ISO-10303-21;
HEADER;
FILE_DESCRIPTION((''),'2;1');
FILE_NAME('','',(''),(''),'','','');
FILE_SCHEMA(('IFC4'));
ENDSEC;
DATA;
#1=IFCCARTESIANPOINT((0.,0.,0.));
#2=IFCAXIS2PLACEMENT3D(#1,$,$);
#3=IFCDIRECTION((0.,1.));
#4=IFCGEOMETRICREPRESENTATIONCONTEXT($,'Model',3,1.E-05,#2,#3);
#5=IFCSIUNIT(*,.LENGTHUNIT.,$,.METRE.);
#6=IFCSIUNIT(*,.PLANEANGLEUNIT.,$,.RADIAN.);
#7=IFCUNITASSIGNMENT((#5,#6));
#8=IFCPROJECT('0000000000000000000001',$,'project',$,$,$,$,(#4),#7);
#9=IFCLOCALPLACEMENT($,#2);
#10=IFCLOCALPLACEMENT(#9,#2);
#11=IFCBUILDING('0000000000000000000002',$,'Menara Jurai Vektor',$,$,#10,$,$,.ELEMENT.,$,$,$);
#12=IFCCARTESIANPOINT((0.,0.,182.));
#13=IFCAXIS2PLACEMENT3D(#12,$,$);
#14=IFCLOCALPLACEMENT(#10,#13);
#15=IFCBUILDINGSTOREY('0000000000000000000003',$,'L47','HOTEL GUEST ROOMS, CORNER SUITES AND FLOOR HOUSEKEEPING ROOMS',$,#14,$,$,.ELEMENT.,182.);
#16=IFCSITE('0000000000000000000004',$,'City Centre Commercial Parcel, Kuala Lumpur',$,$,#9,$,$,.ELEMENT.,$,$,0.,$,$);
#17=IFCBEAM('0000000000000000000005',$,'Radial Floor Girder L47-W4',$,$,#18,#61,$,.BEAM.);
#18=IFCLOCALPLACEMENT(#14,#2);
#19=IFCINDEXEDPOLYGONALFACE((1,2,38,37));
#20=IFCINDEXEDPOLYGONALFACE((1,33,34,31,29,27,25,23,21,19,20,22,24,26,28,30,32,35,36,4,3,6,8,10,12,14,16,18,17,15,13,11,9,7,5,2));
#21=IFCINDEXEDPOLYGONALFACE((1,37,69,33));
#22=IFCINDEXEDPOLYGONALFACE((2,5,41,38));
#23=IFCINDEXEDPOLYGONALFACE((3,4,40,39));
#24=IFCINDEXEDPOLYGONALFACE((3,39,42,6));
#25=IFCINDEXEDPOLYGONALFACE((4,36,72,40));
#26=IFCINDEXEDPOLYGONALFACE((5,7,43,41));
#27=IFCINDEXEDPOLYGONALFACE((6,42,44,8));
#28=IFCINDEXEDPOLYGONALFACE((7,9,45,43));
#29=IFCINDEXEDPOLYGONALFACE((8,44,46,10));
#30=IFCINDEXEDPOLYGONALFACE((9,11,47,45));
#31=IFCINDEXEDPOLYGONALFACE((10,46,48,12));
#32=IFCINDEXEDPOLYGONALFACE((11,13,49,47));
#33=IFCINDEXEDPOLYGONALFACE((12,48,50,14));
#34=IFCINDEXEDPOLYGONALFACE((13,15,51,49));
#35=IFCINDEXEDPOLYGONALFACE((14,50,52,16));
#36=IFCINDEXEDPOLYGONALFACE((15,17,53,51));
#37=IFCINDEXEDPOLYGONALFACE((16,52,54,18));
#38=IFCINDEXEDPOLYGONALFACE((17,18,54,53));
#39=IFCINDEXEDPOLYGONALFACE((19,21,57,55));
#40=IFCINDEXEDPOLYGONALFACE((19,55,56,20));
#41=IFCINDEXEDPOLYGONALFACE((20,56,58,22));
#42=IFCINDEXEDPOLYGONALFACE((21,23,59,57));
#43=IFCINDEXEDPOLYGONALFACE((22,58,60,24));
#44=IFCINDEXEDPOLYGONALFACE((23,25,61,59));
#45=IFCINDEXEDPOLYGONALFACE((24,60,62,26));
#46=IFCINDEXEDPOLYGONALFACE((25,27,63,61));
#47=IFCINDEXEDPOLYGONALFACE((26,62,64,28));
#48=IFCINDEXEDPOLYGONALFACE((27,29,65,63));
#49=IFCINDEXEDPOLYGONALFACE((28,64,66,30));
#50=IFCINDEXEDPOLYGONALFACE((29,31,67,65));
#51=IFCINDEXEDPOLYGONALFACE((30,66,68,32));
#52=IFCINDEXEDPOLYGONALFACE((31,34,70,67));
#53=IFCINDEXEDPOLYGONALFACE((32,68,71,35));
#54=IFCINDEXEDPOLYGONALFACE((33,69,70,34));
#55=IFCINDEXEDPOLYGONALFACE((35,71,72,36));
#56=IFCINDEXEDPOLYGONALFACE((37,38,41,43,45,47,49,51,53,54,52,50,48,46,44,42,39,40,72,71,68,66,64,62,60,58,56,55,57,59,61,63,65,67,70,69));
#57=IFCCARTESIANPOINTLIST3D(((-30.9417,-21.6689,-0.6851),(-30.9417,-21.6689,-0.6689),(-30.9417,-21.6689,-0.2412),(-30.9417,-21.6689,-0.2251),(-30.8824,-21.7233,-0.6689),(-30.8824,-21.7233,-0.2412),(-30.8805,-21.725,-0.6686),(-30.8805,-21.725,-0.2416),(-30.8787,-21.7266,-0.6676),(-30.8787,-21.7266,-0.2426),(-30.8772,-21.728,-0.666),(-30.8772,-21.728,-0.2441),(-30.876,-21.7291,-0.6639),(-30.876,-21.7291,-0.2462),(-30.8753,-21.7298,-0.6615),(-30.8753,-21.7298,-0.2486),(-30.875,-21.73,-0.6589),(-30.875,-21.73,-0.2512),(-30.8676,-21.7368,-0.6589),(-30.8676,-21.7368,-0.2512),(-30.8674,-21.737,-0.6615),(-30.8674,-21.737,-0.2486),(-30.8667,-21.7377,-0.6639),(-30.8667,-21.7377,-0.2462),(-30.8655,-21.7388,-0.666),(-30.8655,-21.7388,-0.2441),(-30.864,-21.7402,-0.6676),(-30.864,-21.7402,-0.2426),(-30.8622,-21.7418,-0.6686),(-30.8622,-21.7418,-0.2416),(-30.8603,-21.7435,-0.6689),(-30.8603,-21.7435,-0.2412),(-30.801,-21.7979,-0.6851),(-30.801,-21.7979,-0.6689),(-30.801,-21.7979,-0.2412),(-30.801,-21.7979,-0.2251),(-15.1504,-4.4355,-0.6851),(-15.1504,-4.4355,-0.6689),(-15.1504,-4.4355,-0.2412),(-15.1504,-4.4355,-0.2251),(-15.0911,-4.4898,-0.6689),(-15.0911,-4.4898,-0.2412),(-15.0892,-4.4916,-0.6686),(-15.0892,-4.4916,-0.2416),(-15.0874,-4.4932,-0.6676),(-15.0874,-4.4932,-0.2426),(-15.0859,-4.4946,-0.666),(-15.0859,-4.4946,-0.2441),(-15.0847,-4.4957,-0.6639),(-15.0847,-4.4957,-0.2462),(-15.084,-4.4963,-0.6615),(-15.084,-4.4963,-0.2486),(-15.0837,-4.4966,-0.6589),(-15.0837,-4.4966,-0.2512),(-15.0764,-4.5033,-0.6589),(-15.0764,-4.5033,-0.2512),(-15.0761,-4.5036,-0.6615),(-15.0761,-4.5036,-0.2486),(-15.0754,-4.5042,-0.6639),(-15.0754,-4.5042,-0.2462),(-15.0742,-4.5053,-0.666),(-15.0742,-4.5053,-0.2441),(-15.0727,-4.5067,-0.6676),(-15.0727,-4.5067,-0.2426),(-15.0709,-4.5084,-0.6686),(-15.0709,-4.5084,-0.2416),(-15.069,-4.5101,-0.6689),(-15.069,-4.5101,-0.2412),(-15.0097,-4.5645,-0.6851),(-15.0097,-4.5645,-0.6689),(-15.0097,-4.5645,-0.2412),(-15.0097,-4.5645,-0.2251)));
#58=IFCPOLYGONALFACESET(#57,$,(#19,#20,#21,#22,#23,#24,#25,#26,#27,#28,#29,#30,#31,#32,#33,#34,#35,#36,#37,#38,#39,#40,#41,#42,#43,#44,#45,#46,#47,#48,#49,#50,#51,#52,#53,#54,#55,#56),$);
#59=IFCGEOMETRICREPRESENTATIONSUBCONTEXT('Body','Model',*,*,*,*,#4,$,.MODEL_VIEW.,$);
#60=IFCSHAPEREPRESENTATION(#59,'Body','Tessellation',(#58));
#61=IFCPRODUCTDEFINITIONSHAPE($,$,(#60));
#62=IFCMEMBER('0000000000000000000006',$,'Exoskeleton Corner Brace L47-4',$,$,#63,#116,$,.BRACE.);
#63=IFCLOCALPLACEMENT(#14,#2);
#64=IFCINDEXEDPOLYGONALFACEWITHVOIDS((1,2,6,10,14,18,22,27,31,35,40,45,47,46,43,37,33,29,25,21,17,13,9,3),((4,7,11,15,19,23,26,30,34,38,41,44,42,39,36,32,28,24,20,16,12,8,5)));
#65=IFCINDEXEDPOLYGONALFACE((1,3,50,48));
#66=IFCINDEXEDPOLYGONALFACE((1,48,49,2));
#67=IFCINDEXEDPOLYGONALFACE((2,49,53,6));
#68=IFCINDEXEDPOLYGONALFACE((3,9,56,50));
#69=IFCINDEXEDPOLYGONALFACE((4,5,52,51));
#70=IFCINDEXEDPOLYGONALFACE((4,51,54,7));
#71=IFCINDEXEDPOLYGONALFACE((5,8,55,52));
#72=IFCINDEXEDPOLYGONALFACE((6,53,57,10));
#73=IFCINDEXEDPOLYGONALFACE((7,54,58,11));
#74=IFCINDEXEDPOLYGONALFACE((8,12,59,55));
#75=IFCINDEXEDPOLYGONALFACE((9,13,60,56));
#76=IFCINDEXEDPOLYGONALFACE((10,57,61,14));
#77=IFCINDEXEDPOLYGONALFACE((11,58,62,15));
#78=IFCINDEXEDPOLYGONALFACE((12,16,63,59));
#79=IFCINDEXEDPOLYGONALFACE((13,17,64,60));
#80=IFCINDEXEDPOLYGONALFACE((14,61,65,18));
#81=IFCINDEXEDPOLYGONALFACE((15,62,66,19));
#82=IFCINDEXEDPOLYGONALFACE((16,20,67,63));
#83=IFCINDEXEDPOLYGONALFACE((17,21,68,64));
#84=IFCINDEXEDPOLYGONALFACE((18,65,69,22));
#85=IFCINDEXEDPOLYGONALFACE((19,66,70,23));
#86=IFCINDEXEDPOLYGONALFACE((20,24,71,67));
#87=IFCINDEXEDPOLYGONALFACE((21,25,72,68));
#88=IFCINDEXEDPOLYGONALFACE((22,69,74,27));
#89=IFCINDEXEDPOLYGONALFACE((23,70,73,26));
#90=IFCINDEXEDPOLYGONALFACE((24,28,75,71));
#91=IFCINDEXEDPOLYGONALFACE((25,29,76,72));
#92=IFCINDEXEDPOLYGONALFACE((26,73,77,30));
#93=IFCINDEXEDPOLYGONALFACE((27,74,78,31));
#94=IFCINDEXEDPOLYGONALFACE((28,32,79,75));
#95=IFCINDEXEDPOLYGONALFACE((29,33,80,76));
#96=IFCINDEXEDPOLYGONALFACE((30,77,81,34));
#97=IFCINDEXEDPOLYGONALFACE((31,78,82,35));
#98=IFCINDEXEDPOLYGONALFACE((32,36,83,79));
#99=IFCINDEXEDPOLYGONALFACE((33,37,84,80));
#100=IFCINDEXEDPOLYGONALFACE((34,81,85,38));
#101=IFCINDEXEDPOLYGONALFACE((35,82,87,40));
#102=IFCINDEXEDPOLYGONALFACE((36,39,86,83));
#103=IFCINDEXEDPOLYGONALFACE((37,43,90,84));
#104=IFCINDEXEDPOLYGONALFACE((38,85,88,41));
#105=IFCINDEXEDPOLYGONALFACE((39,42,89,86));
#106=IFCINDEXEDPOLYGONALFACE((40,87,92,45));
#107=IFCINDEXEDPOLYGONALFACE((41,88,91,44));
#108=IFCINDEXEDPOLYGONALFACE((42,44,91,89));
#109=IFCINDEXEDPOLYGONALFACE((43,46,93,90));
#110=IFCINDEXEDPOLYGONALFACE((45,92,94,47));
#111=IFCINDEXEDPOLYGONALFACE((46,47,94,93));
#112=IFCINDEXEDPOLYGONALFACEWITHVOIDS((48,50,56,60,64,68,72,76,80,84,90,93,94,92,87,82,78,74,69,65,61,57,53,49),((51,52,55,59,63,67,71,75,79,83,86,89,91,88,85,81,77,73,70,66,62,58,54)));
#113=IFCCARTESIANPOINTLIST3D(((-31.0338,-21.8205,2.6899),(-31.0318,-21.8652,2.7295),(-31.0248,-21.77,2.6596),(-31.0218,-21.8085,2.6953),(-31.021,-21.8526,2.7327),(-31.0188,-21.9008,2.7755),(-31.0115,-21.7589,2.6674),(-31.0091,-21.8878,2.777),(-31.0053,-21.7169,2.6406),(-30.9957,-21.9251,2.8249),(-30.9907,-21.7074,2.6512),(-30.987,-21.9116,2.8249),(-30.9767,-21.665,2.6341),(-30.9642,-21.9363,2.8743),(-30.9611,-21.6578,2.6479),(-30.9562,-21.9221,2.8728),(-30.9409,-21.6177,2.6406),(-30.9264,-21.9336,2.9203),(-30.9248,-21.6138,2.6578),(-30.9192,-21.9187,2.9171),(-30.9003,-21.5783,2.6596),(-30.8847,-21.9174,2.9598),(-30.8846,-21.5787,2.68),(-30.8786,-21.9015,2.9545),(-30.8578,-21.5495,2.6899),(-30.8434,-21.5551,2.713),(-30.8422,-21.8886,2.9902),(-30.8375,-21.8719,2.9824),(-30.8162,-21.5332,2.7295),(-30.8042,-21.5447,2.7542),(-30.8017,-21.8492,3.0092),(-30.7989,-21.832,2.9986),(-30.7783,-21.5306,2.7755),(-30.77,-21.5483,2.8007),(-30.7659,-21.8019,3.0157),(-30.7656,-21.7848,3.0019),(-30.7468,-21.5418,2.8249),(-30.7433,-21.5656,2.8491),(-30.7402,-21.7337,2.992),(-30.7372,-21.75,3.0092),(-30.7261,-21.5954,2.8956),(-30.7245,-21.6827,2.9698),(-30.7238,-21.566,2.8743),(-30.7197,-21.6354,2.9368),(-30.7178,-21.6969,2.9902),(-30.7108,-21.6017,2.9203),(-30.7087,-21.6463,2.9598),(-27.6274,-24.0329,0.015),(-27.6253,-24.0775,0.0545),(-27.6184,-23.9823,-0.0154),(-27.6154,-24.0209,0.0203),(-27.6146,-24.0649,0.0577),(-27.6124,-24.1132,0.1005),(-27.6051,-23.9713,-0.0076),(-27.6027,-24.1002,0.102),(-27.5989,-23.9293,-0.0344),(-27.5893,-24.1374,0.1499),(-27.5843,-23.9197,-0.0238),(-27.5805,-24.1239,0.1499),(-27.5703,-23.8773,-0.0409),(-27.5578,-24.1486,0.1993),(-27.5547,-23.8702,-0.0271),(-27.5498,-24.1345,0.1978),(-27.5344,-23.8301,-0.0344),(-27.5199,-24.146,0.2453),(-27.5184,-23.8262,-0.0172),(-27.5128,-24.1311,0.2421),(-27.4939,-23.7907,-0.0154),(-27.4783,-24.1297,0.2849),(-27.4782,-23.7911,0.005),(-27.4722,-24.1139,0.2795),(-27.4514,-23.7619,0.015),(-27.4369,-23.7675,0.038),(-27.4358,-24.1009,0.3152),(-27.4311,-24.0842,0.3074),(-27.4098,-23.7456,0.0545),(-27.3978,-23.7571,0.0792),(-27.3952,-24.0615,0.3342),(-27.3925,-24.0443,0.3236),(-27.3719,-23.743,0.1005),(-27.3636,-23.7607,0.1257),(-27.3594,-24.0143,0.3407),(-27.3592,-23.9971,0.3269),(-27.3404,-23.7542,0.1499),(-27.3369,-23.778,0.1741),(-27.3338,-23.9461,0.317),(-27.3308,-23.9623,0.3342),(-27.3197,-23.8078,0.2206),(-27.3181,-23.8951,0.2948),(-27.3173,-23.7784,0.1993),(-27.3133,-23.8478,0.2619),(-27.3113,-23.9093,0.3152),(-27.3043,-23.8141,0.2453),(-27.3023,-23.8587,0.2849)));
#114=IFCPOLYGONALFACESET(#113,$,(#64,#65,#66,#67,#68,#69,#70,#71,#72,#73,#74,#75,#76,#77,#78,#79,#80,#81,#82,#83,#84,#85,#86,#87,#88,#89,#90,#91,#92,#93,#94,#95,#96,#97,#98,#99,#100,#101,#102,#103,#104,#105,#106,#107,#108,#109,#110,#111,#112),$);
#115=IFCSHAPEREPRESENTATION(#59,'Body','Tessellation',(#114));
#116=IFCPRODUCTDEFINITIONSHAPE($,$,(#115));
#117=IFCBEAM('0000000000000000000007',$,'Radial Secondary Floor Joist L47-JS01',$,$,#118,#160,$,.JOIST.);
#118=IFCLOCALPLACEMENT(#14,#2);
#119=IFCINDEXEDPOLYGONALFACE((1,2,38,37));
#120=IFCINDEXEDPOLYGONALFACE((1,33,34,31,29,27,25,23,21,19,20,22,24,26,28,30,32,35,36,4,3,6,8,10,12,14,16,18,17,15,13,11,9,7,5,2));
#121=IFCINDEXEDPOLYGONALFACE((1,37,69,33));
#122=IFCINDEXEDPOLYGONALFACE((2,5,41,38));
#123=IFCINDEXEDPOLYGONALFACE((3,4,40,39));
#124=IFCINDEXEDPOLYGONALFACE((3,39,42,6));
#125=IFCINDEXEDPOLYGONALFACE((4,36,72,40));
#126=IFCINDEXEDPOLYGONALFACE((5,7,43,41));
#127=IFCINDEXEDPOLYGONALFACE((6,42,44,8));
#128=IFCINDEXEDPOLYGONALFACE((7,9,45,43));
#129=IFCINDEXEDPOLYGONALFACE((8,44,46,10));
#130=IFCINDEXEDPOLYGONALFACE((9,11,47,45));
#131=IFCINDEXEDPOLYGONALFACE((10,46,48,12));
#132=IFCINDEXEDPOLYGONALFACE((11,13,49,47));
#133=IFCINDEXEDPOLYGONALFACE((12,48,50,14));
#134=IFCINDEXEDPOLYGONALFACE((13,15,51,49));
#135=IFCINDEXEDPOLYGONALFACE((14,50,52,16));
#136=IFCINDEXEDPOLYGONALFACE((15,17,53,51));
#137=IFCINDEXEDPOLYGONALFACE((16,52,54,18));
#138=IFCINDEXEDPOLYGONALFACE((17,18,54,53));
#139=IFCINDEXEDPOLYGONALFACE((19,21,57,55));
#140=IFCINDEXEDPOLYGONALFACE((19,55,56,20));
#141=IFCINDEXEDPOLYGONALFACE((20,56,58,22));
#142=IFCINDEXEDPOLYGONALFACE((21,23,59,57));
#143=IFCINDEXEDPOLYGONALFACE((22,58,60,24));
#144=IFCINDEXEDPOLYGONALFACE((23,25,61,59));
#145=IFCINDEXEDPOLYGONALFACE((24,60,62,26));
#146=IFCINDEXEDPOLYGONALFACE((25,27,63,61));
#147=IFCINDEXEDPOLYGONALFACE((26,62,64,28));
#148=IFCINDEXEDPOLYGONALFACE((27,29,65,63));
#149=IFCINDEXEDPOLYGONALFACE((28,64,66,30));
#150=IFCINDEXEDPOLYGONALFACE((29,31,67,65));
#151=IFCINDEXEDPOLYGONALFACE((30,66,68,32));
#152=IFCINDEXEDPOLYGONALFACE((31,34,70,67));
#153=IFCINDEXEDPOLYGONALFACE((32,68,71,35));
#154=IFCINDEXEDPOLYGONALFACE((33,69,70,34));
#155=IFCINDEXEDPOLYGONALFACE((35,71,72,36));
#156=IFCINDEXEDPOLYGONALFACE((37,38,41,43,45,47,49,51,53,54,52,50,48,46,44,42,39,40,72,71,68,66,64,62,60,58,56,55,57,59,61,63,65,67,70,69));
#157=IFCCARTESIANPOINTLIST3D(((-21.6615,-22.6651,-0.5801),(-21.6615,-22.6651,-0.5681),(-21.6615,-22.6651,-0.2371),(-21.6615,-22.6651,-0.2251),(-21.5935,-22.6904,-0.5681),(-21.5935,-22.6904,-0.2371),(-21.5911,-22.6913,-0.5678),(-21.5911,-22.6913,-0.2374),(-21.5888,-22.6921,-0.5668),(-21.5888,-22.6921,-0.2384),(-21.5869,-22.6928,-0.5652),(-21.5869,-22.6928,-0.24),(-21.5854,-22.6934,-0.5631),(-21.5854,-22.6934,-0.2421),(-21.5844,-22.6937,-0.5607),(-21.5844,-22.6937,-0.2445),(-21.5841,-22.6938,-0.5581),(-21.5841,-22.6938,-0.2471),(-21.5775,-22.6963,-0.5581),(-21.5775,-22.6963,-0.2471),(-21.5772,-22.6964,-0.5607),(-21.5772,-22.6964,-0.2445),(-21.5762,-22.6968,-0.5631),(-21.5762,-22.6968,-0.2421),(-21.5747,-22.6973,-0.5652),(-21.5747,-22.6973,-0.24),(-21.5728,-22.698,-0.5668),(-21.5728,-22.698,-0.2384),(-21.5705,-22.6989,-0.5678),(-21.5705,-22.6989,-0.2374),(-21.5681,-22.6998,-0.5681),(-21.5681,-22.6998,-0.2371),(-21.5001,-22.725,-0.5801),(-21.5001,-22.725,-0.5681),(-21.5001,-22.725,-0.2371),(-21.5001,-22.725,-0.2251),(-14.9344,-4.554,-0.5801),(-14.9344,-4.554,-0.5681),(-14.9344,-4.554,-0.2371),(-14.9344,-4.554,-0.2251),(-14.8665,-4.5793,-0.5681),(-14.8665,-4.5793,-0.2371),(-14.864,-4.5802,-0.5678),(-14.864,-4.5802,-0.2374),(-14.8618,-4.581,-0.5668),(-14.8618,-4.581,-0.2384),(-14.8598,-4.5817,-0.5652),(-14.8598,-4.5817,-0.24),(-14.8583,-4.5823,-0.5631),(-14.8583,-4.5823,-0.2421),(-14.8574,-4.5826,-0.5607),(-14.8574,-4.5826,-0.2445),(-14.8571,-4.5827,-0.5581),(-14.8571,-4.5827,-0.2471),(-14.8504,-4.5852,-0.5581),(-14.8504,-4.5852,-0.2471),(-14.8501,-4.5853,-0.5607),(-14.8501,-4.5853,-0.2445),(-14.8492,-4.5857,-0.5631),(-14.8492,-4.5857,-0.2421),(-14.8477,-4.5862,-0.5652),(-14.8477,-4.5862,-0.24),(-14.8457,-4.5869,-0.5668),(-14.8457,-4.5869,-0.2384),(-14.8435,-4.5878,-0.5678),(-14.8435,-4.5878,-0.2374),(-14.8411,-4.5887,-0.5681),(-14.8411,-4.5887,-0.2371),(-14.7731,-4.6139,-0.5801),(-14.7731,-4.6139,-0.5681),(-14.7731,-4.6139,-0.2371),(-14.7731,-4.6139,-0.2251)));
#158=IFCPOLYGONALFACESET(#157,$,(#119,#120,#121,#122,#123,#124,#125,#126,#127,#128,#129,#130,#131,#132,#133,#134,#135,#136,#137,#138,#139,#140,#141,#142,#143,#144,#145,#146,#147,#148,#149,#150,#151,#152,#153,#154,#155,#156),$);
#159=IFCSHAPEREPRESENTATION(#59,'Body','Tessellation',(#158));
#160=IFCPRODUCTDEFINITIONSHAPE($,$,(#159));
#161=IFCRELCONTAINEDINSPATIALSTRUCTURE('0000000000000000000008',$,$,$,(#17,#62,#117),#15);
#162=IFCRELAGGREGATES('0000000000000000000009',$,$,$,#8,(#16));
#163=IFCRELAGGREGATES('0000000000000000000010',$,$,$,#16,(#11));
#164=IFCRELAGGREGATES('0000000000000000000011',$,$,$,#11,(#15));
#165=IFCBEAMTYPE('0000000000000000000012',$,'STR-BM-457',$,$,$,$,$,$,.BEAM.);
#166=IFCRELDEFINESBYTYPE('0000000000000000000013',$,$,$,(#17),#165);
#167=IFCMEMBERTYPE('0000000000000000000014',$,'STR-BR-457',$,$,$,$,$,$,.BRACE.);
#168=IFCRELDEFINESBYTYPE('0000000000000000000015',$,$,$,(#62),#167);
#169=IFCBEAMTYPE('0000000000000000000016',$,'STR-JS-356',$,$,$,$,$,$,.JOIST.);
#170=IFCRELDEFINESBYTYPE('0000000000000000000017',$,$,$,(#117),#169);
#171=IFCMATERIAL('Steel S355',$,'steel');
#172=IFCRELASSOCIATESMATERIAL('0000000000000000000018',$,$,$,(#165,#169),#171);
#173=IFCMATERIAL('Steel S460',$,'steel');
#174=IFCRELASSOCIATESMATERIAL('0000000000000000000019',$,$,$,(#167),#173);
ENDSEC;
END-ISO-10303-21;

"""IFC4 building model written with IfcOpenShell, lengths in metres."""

from ifc_helpers import new_model, si_unit, direction, frame, origin, origin_2d, place, context, subcontext, project, spatial, hollow_circle, i_section, extrude, material, material_profile, profile_set, type_object, element, save


model = new_model("IFC4")

# Units and contexts
model_context = context("Model", 3, precision=1e-05, world=origin(), true_north=direction((0.0, 1.0)))
body_context = subcontext(model_context, "Body", "Model", "MODEL_VIEW")
ifc_project = project(units=[si_unit("LENGTHUNIT", "METRE"), si_unit("PLANEANGLEUNIT", "RADIAN")], contexts=[model_context])

# Site, building, storey
site_placement = place(None, origin())
site = spatial("IfcSite", under=ifc_project, at=site_placement, Name="City Centre Commercial Parcel, Kuala Lumpur", CompositionType="ELEMENT", RefElevation=0.0)
building_placement = place(site_placement, origin())
building = spatial("IfcBuilding", under=site, at=building_placement, Name="Menara Jurai Vektor", CompositionType="ELEMENT")
storey_placement = place(building_placement, frame((0.0, 0.0, 182.0)))
storey = spatial("IfcBuildingStorey", under=building, at=storey_placement, Name="L47", Description="HOTEL GUEST ROOMS, CORNER SUITES AND FLOOR HOUSEKEEPING ROOMS", CompositionType="ELEMENT", Elevation=182.0)

# Shared definitions
ifc_material_1 = material(Name="Steel S460", Category="steel")

# Beam
ifc_material_2 = material(Name="Steel S355", Category="steel")
ifc_material_profile_1 = material_profile(ifc_material_2, i_section(OverallWidth=0.1909, OverallDepth=0.46, WebThickness=0.01, FlangeThickness=0.0161, FilletRadius=0.01, at=origin_2d()), Name="UKB 457x191x82")
ifc_profile_set_1 = profile_set([ifc_material_profile_1], Name="Steel S355")
beam_type_1 = type_object("IfcBeamType", Name="STR-BM-457", PredefinedType="BEAM", material=ifc_profile_set_1)
beam_1_placement = place(storey_placement, frame((-30.8713, -21.7334, -0.4551), z_axis=(0.675585, 0.737282, 0.0), x_axis=(-0.737282, 0.675585, 0.0)))
element("IfcBeam", 1, at=beam_1_placement, inside=storey, type_object=beam_type_1, Name="Radial Floor Girder L47-W4", PredefinedType="BEAM", context=body_context, shape_type="SweptSolid", body=[
    extrude(i_section(OverallWidth=0.1909, OverallDepth=0.46, WebThickness=0.01, FlangeThickness=0.0161, FilletRadius=0.01, at=origin_2d()), origin(), (0.0, 0.0, 1.0), 23.3743),
])

# Member
ifc_material_profile_2 = material_profile(ifc_material_1, hollow_circle(Radius=0.2285, WallThickness=0.0161, at=origin_2d()), Name="CHS 457x16")
ifc_profile_set_2 = profile_set([ifc_material_profile_2], Name="Steel S460")
member_type_1 = type_object("IfcMemberType", Name="STR-BR-457", PredefinedType="BRACE", material=ifc_profile_set_2)
member_1_placement = place(storey_placement, frame((-27.4648, -23.9458, 0.1499), z_axis=(-0.700403, 0.454888, 0.550012), x_axis=(-0.544674, -0.838648, 0.0)))
element("IfcMember", 2, at=member_1_placement, inside=storey, type_object=member_type_1, Name="Exoskeleton Corner Brace L47-4", PredefinedType="BRACE", context=body_context, shape_type="SweptSolid", body=[
    extrude(hollow_circle(Radius=0.2285, WallThickness=0.0161, at=origin_2d()), origin(), (0.0, 0.0, 1.0), 4.8635),
])

# Beam
ifc_material_profile_3 = material_profile(ifc_material_2, i_section(OverallWidth=0.1721, OverallDepth=0.355, WebThickness=0.0071, FlangeThickness=0.012, FilletRadius=0.01, at=origin_2d()), Name="UKB 356x171x51")
ifc_profile_set_3 = profile_set([ifc_material_profile_3], Name="Steel S355")
beam_type_2 = type_object("IfcBeamType", Name="STR-JS-356", PredefinedType="JOIST", material=ifc_profile_set_3)
beam_2_placement = place(storey_placement, frame((-21.5808, -22.6951, -0.4026), z_axis=(0.34819, 0.937424, 0.0), x_axis=(-0.937424, 0.34819, 0.0)))
element("IfcBeam", 3, at=beam_2_placement, inside=storey, type_object=beam_type_2, Name="Radial Secondary Floor Joist L47-JS01", PredefinedType="JOIST", context=body_context, shape_type="SweptSolid", body=[
    extrude(i_section(OverallWidth=0.1721, OverallDepth=0.355, WebThickness=0.0071, FlangeThickness=0.012, FilletRadius=0.01, at=origin_2d()), origin(), (0.0, 0.0, 1.0), 19.3201),
])

save(model, "model.ifc")
